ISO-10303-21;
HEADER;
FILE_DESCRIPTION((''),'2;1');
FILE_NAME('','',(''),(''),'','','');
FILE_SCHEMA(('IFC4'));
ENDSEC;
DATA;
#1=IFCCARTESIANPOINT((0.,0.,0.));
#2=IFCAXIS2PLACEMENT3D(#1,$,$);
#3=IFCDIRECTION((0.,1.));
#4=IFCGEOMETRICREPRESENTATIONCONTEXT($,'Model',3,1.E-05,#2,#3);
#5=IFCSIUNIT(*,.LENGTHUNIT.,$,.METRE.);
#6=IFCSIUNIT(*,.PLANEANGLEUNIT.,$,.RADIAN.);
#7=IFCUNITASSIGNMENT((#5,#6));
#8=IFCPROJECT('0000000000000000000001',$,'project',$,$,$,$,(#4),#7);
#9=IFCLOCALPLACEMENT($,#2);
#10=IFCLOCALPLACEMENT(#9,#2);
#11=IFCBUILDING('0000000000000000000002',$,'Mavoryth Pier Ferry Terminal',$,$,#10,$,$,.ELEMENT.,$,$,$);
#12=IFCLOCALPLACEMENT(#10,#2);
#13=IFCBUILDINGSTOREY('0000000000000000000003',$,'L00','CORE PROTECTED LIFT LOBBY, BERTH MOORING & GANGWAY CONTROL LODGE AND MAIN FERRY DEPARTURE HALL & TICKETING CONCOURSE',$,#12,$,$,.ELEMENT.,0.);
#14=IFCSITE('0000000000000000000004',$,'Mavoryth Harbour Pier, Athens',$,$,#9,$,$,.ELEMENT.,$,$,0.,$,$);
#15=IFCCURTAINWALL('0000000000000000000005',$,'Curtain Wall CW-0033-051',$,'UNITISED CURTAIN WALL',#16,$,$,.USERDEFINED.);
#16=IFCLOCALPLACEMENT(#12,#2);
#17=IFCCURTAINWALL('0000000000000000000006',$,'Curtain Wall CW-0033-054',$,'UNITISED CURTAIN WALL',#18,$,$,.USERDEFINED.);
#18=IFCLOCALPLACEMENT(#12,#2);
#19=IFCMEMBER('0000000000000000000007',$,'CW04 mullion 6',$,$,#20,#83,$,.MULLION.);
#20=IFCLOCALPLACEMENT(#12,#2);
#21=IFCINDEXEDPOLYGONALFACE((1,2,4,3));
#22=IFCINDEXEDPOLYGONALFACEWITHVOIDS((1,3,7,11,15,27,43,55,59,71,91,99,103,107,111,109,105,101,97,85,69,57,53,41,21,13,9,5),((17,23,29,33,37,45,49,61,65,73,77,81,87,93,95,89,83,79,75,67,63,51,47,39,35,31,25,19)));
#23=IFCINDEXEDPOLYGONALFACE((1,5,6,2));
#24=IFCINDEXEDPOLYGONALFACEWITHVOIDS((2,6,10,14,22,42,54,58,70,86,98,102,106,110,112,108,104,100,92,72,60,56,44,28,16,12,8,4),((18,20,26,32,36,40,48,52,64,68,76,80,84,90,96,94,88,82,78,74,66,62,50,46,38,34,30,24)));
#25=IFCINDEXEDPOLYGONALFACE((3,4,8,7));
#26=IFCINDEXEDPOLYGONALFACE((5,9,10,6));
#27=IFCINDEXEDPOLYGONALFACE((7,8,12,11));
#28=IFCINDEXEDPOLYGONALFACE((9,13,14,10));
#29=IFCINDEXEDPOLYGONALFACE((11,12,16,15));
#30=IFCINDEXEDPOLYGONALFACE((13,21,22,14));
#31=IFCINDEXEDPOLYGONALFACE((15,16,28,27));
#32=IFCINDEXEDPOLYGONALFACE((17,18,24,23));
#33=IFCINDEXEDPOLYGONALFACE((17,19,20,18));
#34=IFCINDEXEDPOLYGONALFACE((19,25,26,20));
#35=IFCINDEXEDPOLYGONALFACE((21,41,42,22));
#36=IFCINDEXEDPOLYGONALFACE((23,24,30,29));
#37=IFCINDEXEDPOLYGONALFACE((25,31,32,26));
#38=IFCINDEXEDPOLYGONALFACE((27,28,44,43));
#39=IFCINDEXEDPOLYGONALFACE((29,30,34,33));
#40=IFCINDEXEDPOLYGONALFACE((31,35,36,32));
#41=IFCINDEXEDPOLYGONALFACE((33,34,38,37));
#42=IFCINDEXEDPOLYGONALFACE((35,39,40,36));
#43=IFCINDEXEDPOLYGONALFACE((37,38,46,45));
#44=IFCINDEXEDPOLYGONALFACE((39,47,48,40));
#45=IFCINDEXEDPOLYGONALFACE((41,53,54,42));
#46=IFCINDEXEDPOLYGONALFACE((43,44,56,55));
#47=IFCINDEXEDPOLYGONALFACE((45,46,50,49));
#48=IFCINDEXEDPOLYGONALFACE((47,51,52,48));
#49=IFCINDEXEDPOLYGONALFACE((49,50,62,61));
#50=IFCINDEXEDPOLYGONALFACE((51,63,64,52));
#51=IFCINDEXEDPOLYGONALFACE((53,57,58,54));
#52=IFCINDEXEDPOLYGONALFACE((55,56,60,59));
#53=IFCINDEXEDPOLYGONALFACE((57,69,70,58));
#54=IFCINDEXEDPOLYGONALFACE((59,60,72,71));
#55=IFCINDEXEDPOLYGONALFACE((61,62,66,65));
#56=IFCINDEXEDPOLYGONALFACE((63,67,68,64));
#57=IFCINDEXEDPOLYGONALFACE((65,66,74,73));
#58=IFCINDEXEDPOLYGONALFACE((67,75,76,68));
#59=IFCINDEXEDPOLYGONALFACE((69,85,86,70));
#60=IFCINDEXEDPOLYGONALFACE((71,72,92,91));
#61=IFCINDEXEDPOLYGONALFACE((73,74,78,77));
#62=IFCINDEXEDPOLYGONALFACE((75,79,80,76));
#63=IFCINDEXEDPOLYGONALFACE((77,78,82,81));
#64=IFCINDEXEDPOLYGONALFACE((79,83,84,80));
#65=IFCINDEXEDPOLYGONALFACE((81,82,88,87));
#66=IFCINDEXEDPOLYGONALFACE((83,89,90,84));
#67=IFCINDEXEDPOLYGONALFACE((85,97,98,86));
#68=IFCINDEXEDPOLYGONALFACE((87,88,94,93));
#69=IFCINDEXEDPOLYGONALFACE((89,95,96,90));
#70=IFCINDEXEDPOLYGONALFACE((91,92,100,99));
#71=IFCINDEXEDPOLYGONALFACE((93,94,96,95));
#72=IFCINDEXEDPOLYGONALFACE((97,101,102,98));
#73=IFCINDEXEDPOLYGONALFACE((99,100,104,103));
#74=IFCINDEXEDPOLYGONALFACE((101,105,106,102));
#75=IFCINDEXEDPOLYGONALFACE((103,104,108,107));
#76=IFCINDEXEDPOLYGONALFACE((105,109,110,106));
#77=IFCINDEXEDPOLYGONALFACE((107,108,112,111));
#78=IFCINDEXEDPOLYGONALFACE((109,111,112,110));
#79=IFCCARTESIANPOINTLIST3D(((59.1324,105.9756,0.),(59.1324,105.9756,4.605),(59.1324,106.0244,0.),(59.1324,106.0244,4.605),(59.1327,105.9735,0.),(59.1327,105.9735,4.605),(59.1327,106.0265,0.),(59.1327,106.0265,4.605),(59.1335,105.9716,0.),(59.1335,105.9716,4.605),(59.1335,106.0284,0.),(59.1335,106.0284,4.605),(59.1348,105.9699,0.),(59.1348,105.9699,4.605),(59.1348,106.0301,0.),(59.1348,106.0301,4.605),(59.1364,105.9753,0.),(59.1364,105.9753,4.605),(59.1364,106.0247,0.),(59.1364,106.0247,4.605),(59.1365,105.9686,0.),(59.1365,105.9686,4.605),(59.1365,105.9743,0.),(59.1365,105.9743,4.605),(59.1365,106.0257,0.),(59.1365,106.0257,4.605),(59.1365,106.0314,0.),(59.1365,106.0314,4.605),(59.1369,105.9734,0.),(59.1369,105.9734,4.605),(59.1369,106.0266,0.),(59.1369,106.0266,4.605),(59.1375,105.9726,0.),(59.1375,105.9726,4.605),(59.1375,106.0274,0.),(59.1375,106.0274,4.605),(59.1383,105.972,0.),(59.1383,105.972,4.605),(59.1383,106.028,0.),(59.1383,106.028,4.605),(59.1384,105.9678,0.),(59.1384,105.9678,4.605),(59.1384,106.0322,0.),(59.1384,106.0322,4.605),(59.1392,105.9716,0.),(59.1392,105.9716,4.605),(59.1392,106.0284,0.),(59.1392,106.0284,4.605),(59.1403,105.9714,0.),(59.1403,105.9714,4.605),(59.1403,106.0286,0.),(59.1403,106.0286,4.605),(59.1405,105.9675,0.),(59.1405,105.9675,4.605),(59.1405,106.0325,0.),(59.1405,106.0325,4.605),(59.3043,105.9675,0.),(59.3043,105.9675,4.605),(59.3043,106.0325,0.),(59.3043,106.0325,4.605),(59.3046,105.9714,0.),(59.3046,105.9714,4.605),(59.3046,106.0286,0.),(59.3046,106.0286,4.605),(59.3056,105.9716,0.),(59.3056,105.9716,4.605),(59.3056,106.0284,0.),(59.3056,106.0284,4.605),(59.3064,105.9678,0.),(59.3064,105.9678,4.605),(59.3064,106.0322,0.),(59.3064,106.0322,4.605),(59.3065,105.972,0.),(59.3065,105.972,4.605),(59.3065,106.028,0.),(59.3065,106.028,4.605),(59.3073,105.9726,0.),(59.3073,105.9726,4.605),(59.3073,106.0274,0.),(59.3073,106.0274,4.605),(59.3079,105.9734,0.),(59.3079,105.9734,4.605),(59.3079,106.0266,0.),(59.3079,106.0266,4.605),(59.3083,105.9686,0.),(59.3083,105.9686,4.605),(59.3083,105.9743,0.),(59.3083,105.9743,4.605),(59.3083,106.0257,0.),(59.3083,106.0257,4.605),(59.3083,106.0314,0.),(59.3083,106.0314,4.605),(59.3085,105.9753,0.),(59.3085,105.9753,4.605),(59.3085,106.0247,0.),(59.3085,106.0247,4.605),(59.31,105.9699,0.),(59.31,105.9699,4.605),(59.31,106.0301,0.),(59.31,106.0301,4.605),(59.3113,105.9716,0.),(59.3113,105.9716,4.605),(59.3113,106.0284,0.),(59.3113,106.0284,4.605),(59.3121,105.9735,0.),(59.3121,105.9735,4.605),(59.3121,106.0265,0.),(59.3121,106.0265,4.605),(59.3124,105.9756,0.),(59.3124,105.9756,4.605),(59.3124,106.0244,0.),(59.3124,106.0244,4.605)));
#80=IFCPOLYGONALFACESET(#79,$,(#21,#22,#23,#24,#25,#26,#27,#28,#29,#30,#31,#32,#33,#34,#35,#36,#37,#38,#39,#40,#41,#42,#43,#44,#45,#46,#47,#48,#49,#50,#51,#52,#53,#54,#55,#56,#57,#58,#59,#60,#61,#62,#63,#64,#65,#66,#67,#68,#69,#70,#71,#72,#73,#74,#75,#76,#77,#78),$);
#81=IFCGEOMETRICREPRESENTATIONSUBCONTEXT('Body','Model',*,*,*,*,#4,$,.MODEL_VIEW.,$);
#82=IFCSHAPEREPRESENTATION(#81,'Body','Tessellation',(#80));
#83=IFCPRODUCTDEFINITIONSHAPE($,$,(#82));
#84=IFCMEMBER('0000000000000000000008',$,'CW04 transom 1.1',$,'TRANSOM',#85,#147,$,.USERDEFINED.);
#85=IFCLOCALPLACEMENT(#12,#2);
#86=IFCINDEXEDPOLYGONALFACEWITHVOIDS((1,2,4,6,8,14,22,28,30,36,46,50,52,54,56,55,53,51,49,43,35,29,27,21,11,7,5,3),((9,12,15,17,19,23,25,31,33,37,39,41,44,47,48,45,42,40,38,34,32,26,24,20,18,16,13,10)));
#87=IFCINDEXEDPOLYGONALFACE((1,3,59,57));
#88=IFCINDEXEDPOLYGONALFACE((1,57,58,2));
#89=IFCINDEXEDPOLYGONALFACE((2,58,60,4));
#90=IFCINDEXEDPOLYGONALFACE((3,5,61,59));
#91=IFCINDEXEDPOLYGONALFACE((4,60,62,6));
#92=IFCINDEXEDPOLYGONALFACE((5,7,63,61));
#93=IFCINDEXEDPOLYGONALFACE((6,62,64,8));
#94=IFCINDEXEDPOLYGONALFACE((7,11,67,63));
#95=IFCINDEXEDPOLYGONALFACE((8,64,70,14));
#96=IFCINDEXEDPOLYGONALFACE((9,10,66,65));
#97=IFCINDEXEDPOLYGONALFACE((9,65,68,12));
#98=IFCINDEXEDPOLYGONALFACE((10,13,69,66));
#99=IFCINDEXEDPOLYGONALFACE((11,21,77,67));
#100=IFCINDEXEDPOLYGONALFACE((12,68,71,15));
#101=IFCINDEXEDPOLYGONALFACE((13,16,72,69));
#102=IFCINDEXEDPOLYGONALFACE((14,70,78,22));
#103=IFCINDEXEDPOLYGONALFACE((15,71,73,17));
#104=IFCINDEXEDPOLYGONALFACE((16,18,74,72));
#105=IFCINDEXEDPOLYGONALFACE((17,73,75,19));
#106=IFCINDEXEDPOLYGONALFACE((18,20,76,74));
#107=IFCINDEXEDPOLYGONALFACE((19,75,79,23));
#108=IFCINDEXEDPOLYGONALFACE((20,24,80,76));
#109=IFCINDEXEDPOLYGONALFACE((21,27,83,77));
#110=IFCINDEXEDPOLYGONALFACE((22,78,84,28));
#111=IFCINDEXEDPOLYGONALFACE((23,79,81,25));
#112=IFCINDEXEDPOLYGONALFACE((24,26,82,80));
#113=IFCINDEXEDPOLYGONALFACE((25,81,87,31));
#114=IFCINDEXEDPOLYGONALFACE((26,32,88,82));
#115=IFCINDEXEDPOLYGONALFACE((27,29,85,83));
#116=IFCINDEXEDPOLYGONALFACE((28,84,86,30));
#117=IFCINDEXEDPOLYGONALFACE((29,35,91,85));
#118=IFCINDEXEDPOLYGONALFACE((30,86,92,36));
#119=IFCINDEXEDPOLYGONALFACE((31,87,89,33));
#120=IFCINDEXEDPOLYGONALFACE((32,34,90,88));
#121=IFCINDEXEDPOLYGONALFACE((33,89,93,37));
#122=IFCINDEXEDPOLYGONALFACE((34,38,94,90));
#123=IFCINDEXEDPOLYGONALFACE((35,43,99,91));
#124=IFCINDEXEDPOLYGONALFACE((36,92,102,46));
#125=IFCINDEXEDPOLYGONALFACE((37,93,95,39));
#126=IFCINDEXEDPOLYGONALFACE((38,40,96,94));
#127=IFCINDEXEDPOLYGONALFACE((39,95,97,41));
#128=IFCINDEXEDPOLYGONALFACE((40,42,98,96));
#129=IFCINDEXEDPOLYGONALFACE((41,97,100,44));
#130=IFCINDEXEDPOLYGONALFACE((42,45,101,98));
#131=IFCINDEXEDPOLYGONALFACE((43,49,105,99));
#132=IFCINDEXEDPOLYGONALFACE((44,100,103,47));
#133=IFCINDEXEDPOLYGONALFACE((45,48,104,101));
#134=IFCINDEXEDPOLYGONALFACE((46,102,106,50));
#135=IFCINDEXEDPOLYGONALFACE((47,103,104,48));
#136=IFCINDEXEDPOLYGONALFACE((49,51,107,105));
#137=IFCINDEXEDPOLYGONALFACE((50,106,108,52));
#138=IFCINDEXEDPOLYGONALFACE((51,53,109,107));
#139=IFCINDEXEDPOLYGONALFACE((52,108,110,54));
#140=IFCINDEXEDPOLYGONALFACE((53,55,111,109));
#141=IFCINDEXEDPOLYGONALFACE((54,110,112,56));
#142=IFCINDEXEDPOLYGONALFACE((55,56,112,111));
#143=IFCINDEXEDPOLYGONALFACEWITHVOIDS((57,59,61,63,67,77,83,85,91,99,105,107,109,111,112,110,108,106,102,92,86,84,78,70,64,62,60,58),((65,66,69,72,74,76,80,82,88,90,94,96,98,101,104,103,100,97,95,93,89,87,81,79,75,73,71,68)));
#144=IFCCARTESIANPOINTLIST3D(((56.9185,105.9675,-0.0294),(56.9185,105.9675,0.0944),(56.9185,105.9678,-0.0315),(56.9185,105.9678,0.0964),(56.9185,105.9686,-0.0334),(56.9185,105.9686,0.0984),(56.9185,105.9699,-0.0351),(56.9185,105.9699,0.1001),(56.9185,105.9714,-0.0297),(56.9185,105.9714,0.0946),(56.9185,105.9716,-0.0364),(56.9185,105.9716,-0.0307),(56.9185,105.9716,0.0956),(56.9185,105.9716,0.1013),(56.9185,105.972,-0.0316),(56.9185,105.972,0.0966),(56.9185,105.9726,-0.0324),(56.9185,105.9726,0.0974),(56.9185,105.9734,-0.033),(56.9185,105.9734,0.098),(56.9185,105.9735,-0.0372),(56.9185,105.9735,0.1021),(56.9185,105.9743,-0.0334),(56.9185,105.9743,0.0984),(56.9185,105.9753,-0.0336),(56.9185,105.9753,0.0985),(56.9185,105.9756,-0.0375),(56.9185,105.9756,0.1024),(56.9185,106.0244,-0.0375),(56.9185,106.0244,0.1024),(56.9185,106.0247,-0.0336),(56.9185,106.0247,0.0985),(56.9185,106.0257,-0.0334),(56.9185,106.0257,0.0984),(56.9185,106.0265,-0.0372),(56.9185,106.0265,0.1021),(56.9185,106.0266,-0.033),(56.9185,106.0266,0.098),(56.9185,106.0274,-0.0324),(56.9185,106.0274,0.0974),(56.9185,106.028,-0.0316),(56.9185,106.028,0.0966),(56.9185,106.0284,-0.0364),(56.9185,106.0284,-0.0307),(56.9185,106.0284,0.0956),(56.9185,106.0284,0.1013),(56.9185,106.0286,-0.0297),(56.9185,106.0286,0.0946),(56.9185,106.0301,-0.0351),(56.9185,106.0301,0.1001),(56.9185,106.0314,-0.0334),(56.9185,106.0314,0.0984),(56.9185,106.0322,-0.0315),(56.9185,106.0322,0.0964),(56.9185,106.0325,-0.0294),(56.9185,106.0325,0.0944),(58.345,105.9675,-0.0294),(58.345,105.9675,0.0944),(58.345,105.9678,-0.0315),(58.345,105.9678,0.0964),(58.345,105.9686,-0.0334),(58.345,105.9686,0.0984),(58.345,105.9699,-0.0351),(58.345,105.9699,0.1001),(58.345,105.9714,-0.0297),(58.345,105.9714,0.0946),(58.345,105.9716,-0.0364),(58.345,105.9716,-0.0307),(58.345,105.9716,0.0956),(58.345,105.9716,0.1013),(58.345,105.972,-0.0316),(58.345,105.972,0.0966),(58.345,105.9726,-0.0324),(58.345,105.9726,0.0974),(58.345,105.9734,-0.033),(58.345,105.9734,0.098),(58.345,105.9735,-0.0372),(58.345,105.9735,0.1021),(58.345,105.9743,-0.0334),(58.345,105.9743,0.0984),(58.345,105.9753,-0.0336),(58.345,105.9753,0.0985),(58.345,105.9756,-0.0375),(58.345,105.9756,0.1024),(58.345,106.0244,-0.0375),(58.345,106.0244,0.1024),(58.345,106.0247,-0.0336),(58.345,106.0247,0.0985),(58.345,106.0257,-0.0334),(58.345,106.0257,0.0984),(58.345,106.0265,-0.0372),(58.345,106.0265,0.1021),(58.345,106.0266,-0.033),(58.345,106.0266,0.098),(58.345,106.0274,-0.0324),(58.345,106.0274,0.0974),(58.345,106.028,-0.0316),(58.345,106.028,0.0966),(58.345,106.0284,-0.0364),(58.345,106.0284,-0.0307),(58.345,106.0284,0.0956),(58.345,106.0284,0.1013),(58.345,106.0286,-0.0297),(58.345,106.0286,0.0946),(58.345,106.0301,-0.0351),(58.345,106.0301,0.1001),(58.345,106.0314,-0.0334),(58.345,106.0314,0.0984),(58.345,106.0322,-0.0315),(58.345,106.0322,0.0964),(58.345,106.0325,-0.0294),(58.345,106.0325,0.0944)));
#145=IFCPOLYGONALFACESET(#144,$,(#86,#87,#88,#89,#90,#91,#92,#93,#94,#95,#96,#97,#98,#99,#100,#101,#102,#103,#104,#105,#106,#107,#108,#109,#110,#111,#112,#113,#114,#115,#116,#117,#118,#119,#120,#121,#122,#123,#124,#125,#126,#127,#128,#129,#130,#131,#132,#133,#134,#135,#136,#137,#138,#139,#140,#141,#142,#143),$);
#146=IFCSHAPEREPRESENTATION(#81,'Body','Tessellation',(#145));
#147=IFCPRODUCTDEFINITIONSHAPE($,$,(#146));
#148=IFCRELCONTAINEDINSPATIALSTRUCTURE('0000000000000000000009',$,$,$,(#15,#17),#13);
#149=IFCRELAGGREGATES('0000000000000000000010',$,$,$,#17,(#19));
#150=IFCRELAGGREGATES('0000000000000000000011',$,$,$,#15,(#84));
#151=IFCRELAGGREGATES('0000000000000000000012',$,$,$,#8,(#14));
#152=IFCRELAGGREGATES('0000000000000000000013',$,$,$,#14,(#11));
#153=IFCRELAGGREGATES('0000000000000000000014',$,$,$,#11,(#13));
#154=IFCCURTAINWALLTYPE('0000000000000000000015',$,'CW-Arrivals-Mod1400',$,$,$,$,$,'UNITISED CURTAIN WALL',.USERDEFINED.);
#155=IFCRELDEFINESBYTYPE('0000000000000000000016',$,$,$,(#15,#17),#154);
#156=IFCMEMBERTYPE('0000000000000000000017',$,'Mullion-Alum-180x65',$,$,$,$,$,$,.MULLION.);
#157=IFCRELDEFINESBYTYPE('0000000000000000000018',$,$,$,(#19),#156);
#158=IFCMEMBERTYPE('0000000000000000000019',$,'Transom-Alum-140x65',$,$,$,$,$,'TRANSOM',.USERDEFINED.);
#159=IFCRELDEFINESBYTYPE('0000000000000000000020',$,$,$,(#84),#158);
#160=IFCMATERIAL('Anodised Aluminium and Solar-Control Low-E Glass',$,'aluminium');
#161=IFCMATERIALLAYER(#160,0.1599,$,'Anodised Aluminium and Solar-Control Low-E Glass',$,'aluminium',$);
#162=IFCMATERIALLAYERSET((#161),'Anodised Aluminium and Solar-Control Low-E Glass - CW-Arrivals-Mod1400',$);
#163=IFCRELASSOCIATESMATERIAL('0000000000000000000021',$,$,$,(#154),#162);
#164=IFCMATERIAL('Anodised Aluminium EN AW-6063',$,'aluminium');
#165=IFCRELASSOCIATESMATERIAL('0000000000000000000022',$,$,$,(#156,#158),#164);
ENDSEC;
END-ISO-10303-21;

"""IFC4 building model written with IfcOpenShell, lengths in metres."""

from ifc_helpers import new_model, si_unit, direction, frame, origin, origin_2d, place, context, subcontext, project, spatial, hollow_rectangle, extrude, material, layer, layer_set, material_profile, profile_set, type_object, element, aggregate, save


model = new_model("IFC4")

# Units and contexts
model_context = context("Model", 3, precision=1e-05, world=origin(), true_north=direction((0.0, 1.0)))
body_context = subcontext(model_context, "Body", "Model", "MODEL_VIEW")
ifc_project = project(units=[si_unit("LENGTHUNIT", "METRE"), si_unit("PLANEANGLEUNIT", "RADIAN")], contexts=[model_context])

# Site, building, storey
site_placement = place(None, origin())
site = spatial("IfcSite", under=ifc_project, at=site_placement, Name="Mavoryth Harbour Pier, Athens", CompositionType="ELEMENT", RefElevation=0.0)
building_placement = place(site_placement, origin())
building = spatial("IfcBuilding", under=site, at=building_placement, Name="Mavoryth Pier Ferry Terminal", CompositionType="ELEMENT")
storey_placement = place(building_placement, origin())
storey = spatial("IfcBuildingStorey", under=building, at=storey_placement, Name="L00", Description="CORE PROTECTED LIFT LOBBY, BERTH MOORING & GANGWAY CONTROL LODGE AND MAIN FERRY DEPARTURE HALL & TICKETING CONCOURSE", CompositionType="ELEMENT", Elevation=0.0)

# Curtain walls, member
ifc_material_1 = material(Name="Anodised Aluminium and Solar-Control Low-E Glass", Category="aluminium")
ifc_layer_1 = layer(ifc_material_1, 0.1599, Name="Anodised Aluminium and Solar-Control Low-E Glass", Category="aluminium")
ifc_layer_set_1 = layer_set([ifc_layer_1], Name="Anodised Aluminium and Solar-Control Low-E Glass - CW-Arrivals-Mod1400")
curtain_wall_type = type_object("IfcCurtainWallType", Name="CW-Arrivals-Mod1400", ElementType="UNITISED CURTAIN WALL", PredefinedType="USERDEFINED", material=ifc_layer_set_1)
curtain_wall_1_placement = place(storey_placement, origin())
curtain_wall_1 = element("IfcCurtainWall", 1, at=curtain_wall_1_placement, inside=storey, type_object=curtain_wall_type, Name="Curtain Wall CW-0033-051", ObjectType="UNITISED CURTAIN WALL", PredefinedType="USERDEFINED")
ifc_material_2 = material(Name="Anodised Aluminium EN AW-6063", Category="aluminium")
ifc_material_profile_1 = material_profile(ifc_material_2, hollow_rectangle(XDim=0.0649, YDim=0.1799, WallThickness=0.0039, InnerFilletRadius=0.0039, OuterFilletRadius=0.0081, at=origin_2d()), Name="AL-MULL 180x65x4", Category="aluminium")
ifc_profile_set_1 = profile_set([ifc_material_profile_1], Name="Anodised Aluminium EN AW-6063 - AL-MULL 180x65x4")
member_type_1 = type_object("IfcMemberType", Name="Mullion-Alum-180x65", PredefinedType="MULLION", material=ifc_profile_set_1)
curtain_wall_2_placement = place(storey_placement, origin())
curtain_wall_2 = element("IfcCurtainWall", 2, at=curtain_wall_2_placement, inside=storey, type_object=curtain_wall_type, Name="Curtain Wall CW-0033-054", ObjectType="UNITISED CURTAIN WALL", PredefinedType="USERDEFINED")
member_1_placement = place(storey_placement, frame((59.2224, 106.0, 0.0), z_axis=(0.0, 0.0, 1.0), x_axis=(0.0, -1.0, 0.0)))
member_1 = element("IfcMember", 3, at=member_1_placement, type_object=member_type_1, Name="CW04 mullion 6", PredefinedType="MULLION", context=body_context, shape_type="SweptSolid", body=[
    extrude(hollow_rectangle(XDim=0.0649, YDim=0.1799, WallThickness=0.0039, InnerFilletRadius=0.0039, OuterFilletRadius=0.0081, at=origin_2d()), origin(), (0.0, 0.0, 1.0), 4.605),
])
aggregate(curtain_wall_2, [member_1])

# Member
ifc_material_profile_2 = material_profile(ifc_material_2, hollow_rectangle(XDim=0.0649, YDim=0.1399, WallThickness=0.0039, InnerFilletRadius=0.0039, OuterFilletRadius=0.0081, at=origin_2d()), Name="AL-TRAN 140x65x4", Category="aluminium")
ifc_profile_set_2 = profile_set([ifc_material_profile_2], Name="Anodised Aluminium EN AW-6063 - AL-TRAN 140x65x4")
member_type_2 = type_object("IfcMemberType", Name="Transom-Alum-140x65", ElementType="TRANSOM", PredefinedType="USERDEFINED", material=ifc_profile_set_2)
member_2_placement = place(storey_placement, frame((58.345, 106.0, 0.0325), z_axis=(-1.0, 0.0, 0.0), x_axis=(0.0, -1.0, 0.0)))
member_2 = element("IfcMember", 4, at=member_2_placement, type_object=member_type_2, Name="CW04 transom 1.1", ObjectType="TRANSOM", PredefinedType="USERDEFINED", context=body_context, shape_type="SweptSolid", body=[
    extrude(hollow_rectangle(XDim=0.0649, YDim=0.1399, WallThickness=0.0039, InnerFilletRadius=0.0039, OuterFilletRadius=0.0081, at=origin_2d()), origin(), (0.0, 0.0, 1.0), 1.4265),
])

aggregate(curtain_wall_1, [member_2])

save(model, "model.ifc")
